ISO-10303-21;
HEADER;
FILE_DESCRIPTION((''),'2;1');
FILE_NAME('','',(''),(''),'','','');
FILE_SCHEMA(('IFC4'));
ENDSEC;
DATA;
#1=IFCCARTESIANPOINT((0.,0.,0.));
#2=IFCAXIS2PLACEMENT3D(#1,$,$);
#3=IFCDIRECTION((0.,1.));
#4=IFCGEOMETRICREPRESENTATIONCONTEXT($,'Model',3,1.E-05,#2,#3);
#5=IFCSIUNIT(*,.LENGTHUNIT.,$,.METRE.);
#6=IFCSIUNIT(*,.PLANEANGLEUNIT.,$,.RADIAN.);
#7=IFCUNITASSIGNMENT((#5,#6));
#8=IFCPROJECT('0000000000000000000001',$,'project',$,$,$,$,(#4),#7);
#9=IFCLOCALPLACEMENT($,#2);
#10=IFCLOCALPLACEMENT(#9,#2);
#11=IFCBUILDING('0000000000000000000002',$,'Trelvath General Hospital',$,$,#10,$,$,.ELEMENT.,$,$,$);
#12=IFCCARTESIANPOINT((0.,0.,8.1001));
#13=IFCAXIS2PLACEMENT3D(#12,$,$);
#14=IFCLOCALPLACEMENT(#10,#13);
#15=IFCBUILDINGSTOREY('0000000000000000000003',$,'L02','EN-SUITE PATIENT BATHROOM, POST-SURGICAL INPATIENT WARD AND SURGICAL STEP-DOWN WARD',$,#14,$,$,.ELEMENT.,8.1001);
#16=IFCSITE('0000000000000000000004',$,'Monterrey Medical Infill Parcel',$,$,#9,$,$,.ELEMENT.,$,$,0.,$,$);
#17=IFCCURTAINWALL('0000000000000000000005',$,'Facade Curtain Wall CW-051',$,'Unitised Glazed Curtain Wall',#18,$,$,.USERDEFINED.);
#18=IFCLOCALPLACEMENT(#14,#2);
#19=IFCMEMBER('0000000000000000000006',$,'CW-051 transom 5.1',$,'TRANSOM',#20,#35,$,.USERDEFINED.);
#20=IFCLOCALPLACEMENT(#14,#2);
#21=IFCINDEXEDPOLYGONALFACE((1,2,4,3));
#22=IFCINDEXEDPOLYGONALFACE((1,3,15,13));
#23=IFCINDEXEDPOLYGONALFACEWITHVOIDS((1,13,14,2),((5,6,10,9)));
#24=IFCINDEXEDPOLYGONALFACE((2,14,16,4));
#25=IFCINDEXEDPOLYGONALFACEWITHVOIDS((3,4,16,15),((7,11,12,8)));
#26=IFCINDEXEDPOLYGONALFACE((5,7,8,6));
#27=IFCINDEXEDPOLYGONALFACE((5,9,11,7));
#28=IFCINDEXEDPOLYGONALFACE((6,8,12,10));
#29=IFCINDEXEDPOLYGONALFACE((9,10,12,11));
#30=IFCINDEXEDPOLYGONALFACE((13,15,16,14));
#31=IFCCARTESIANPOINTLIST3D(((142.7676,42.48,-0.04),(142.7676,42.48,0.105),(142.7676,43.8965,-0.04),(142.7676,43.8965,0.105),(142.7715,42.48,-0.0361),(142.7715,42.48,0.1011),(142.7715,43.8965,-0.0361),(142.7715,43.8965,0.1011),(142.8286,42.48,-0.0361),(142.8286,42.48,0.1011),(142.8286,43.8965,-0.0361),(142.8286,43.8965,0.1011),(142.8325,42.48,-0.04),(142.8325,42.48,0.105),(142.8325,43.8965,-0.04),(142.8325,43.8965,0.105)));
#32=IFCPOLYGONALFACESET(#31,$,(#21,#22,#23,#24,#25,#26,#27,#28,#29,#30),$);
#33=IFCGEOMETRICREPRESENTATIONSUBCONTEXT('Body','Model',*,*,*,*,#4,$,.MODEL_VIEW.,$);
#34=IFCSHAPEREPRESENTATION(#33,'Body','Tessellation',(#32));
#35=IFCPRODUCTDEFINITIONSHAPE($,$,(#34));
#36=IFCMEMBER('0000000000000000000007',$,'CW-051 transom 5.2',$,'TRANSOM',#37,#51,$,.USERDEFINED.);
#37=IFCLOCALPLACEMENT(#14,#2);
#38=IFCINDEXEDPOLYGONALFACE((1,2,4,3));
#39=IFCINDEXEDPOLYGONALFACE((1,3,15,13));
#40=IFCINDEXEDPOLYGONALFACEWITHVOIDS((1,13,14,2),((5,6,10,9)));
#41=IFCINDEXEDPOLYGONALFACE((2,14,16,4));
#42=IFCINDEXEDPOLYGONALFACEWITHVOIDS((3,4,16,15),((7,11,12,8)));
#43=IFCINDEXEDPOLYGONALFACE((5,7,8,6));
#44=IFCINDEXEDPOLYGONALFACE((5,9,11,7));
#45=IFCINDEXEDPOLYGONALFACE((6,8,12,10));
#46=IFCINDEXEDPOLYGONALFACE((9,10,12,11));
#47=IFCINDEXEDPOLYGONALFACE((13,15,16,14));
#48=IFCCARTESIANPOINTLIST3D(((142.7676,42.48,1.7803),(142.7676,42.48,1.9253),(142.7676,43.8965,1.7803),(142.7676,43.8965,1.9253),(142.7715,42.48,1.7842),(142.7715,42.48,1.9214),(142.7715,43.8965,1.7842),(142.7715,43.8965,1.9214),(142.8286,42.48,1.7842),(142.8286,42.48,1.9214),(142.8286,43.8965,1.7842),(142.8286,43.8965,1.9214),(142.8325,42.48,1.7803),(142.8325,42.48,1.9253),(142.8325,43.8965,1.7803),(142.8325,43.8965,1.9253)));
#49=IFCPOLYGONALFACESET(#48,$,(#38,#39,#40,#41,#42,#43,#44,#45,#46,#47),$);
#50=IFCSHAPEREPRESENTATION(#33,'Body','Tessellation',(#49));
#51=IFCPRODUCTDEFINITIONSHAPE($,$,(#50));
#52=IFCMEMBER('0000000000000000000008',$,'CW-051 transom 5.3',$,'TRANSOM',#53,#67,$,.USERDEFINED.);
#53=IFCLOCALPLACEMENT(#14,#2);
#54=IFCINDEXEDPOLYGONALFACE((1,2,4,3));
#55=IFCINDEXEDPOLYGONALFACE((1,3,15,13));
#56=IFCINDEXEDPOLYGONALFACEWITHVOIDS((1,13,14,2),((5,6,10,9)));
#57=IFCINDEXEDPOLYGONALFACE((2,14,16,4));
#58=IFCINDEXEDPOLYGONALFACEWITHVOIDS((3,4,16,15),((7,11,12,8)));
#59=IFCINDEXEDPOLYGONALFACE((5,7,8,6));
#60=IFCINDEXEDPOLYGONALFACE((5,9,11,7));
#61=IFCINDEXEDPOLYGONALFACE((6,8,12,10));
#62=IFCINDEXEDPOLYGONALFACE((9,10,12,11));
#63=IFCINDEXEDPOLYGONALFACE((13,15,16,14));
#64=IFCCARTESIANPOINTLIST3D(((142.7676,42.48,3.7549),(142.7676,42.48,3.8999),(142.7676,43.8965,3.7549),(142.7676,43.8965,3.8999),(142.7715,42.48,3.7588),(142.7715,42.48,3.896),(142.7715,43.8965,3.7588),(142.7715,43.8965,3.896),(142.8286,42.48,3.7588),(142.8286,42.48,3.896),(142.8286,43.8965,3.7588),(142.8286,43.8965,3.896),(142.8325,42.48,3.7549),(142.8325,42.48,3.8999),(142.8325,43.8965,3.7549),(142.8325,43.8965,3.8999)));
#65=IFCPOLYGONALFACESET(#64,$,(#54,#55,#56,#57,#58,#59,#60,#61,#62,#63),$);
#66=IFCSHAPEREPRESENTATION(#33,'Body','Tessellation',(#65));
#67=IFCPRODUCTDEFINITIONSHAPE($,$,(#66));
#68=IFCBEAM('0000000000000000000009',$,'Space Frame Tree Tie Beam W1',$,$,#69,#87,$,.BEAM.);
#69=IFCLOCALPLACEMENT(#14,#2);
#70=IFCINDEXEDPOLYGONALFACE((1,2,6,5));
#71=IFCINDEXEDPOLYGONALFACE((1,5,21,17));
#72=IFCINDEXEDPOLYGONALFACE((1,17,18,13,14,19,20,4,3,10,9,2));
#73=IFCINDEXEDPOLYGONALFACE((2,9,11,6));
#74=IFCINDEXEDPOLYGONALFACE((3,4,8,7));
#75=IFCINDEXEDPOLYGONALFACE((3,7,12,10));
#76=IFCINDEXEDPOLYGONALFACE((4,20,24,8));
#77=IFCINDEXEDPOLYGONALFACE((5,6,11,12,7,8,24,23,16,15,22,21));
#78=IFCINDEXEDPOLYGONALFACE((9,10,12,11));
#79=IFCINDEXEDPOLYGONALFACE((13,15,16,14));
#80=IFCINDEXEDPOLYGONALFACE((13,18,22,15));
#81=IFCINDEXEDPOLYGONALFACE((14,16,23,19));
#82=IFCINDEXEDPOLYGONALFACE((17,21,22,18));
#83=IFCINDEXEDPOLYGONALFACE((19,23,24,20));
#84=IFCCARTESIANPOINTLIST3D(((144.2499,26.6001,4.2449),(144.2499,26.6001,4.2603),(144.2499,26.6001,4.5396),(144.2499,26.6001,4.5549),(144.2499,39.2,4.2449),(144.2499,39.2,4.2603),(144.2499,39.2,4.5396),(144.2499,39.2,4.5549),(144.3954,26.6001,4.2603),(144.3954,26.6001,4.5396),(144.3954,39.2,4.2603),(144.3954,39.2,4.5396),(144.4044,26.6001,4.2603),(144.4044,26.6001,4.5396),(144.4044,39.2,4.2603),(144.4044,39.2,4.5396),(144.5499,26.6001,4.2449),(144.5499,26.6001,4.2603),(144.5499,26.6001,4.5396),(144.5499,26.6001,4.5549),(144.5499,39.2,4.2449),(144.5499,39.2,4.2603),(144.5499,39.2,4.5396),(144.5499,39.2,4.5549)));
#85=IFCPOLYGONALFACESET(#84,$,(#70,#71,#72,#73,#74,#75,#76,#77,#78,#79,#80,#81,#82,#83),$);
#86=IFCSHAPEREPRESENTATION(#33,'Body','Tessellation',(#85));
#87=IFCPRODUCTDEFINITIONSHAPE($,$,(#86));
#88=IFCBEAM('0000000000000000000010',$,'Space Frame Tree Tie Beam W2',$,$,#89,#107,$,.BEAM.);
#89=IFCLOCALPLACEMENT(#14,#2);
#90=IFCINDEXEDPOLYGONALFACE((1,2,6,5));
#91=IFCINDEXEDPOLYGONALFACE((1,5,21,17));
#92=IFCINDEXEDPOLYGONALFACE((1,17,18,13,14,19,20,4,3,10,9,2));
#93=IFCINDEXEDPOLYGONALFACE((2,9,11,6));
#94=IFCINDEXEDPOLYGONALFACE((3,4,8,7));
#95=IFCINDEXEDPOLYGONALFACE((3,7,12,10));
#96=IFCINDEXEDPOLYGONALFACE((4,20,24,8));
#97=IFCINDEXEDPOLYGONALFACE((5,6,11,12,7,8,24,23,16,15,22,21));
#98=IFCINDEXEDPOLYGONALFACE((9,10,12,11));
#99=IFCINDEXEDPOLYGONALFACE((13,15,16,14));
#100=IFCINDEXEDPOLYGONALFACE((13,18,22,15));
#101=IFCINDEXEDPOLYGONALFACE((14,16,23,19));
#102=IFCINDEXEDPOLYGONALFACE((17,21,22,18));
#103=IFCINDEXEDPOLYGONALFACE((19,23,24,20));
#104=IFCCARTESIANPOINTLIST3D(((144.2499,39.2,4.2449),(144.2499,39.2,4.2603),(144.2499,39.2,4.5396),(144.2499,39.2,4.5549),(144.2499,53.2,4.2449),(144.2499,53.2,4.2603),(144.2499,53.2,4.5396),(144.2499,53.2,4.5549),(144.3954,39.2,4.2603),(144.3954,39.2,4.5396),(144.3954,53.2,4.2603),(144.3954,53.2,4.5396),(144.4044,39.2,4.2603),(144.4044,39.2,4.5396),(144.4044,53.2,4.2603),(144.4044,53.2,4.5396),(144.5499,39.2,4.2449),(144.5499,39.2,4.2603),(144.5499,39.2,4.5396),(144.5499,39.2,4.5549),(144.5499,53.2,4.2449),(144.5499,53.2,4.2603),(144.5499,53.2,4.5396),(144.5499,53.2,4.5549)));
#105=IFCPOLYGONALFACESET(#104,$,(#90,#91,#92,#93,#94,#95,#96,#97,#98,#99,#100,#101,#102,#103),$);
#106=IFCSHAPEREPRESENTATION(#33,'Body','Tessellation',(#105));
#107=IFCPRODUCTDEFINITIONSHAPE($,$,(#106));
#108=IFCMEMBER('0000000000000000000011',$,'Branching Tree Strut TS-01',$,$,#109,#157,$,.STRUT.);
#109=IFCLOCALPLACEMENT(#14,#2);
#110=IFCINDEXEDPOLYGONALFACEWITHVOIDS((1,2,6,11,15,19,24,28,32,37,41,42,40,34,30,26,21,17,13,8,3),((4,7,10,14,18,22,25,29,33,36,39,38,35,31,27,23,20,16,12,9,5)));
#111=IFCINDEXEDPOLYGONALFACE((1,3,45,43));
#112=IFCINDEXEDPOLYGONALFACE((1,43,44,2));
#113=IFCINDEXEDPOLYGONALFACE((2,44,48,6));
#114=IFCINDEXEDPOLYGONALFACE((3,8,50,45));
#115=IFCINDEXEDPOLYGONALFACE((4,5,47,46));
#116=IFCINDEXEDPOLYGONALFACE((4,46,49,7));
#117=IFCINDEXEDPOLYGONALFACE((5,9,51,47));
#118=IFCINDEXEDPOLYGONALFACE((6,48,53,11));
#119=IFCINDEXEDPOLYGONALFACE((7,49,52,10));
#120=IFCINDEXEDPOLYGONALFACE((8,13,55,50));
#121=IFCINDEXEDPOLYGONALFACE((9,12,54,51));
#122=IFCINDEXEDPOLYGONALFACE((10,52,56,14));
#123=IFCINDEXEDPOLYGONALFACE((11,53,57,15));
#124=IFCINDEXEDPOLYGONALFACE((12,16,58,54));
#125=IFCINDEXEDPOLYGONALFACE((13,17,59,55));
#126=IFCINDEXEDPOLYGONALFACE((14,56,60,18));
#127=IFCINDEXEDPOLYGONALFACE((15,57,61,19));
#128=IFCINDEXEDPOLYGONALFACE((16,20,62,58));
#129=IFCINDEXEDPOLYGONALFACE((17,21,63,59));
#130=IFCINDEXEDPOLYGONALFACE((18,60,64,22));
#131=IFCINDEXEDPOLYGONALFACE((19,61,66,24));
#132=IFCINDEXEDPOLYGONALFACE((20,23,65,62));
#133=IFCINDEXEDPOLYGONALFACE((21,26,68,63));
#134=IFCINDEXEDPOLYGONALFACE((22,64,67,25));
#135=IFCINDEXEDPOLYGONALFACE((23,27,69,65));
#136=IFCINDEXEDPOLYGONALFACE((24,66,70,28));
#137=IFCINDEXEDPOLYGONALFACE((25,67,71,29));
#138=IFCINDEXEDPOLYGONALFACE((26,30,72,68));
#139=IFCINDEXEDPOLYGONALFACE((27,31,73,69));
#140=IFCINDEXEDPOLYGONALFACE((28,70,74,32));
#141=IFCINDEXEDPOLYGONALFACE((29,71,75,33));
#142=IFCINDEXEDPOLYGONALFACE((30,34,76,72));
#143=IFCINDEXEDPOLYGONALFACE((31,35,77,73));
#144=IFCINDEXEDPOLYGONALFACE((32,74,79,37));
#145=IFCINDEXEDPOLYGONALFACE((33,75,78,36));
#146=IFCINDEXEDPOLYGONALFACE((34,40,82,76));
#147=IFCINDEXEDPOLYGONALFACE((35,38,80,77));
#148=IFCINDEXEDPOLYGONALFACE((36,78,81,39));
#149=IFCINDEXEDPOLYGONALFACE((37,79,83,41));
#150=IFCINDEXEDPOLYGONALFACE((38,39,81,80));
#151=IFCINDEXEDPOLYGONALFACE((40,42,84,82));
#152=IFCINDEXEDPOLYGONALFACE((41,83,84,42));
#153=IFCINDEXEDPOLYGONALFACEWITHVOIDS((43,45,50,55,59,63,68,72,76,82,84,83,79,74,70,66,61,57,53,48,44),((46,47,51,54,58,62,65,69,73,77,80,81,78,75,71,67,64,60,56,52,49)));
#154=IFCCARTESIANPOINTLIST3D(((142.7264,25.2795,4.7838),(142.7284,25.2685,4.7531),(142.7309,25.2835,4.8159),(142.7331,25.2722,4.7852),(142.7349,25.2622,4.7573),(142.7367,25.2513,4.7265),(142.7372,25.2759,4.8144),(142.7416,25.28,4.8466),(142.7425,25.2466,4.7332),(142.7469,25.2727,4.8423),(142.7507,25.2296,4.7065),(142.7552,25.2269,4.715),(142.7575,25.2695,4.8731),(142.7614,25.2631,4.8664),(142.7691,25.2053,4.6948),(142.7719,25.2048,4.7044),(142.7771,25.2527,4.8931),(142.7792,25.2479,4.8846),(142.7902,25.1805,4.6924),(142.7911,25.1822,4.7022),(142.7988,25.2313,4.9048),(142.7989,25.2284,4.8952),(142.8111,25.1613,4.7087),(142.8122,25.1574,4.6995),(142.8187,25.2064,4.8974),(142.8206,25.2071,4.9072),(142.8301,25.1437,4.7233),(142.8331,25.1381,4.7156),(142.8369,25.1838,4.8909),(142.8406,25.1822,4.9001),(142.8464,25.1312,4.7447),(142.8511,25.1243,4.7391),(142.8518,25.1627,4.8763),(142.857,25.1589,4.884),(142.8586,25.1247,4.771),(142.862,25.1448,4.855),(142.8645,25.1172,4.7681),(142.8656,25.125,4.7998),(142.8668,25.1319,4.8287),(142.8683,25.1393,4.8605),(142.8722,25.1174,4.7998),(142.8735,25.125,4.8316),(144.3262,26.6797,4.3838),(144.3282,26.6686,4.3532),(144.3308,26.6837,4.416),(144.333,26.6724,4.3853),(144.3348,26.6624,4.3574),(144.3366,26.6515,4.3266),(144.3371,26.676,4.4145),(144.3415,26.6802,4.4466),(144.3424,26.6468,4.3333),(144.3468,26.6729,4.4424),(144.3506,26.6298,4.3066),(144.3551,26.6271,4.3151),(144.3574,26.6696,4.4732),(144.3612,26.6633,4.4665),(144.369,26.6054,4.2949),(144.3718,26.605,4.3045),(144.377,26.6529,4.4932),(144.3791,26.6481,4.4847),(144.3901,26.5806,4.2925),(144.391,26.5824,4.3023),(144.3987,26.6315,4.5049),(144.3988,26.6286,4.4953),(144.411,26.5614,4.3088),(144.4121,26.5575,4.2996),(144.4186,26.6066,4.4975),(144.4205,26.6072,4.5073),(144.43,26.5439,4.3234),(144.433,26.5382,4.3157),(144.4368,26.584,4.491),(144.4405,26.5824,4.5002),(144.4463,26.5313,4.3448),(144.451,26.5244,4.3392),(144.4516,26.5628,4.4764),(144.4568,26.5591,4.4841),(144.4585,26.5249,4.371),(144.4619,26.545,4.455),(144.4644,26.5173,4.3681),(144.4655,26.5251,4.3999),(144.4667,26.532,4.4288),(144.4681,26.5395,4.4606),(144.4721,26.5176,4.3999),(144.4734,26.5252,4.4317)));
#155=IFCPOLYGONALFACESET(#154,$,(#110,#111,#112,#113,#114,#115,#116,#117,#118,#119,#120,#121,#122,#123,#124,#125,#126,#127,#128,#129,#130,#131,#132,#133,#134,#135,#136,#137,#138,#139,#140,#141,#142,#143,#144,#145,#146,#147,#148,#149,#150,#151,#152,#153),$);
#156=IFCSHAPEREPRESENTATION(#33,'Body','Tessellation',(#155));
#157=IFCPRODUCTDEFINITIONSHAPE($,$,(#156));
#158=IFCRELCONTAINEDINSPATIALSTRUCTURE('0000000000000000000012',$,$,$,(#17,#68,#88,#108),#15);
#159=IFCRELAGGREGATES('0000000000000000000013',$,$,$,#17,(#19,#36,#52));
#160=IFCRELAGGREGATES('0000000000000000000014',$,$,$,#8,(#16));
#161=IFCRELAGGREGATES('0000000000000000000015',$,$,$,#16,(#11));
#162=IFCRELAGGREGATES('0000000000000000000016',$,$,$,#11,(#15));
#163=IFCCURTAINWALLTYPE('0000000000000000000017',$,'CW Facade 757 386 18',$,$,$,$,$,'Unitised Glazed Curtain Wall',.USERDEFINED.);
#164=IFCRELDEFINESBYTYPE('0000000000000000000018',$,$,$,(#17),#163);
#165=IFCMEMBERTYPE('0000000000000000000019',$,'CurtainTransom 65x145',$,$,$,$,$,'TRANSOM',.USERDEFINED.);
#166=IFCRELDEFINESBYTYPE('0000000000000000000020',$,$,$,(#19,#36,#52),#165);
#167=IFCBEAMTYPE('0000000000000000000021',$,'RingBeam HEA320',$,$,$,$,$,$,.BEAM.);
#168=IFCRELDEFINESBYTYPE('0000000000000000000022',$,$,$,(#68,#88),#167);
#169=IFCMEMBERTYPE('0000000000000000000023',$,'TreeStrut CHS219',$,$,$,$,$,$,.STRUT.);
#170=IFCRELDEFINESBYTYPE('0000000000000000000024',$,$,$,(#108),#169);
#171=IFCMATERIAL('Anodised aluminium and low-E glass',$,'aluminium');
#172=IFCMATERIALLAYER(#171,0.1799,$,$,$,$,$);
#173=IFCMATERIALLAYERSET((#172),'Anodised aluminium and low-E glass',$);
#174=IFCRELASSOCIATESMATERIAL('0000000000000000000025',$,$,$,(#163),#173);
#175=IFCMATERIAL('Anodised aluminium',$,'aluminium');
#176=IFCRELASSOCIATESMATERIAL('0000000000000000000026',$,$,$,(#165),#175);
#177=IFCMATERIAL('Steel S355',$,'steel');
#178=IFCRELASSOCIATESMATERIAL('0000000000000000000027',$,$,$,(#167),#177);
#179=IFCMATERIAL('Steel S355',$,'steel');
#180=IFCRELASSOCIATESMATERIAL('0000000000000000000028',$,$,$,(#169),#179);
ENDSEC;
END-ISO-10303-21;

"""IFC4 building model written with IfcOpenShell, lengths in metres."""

from ifc_helpers import new_model, si_unit, direction, frame, origin, origin_2d, place, context, subcontext, project, spatial, hollow_rectangle, hollow_circle, i_section, extrude, material, layer, layer_set, material_profile, profile_set, type_object, element, aggregate, save


model = new_model("IFC4")

# Units and contexts
model_context = context("Model", 3, precision=1e-05, world=origin(), true_north=direction((0.0, 1.0)))
body_context = subcontext(model_context, "Body", "Model", "MODEL_VIEW")
ifc_project = project(units=[si_unit("LENGTHUNIT", "METRE"), si_unit("PLANEANGLEUNIT", "RADIAN")], contexts=[model_context])

# Site, building, storey
site_placement = place(None, origin())
site = spatial("IfcSite", under=ifc_project, at=site_placement, Name="Monterrey Medical Infill Parcel", CompositionType="ELEMENT", RefElevation=0.0)
building_placement = place(site_placement, origin())
building = spatial("IfcBuilding", under=site, at=building_placement, Name="Trelvath General Hospital", CompositionType="ELEMENT")
storey_placement = place(building_placement, frame((0.0, 0.0, 8.1001)))
storey = spatial("IfcBuildingStorey", under=building, at=storey_placement, Name="L02", Description="EN-SUITE PATIENT BATHROOM, POST-SURGICAL INPATIENT WARD AND SURGICAL STEP-DOWN WARD", CompositionType="ELEMENT", Elevation=8.1001)

# Curtain wall, members
ifc_material_1 = material(Name="Anodised aluminium and low-E glass", Category="aluminium")
ifc_layer_1 = layer(ifc_material_1, 0.1799)
ifc_layer_set_1 = layer_set([ifc_layer_1], Name="Anodised aluminium and low-E glass")
curtain_wall_type = type_object("IfcCurtainWallType", Name="CW Facade 757 386 18", ElementType="Unitised Glazed Curtain Wall", PredefinedType="USERDEFINED", material=ifc_layer_set_1)
curtain_wall_placement = place(storey_placement, origin())
curtain_wall = element("IfcCurtainWall", 1, at=curtain_wall_placement, inside=storey, type_object=curtain_wall_type, Name="Facade Curtain Wall CW-051", ObjectType="Unitised Glazed Curtain Wall", PredefinedType="USERDEFINED")
ifc_material_2 = material(Name="Anodised aluminium", Category="aluminium")
ifc_material_profile_1 = material_profile(ifc_material_2, hollow_rectangle(XDim=0.0649, YDim=0.145, WallThickness=0.0039, at=origin_2d()), Name="RHS65x145x4")
ifc_profile_set_1 = profile_set([ifc_material_profile_1], Name="Anodised aluminium")
member_type_1 = type_object("IfcMemberType", Name="CurtainTransom 65x145", ElementType="TRANSOM", PredefinedType="USERDEFINED", material=ifc_profile_set_1)
member_1_placement = place(storey_placement, frame((142.8, 43.8965, 0.0325), z_axis=(0.0, -1.0, 0.0), x_axis=(1.0, 0.0, 0.0)))
member_1 = element("IfcMember", 2, at=member_1_placement, type_object=member_type_1, Name="CW-051 transom 5.1", ObjectType="TRANSOM", PredefinedType="USERDEFINED", context=body_context, shape_type="SweptSolid", body=[
    extrude(hollow_rectangle(XDim=0.0649, YDim=0.145, WallThickness=0.0039, at=origin_2d()), origin(), (0.0, 0.0, 1.0), 1.4165),
])
member_2_placement = place(storey_placement, frame((142.8, 43.8965, 1.8528), z_axis=(0.0, -1.0, 0.0), x_axis=(1.0, 0.0, 0.0)))
member_2 = element("IfcMember", 3, at=member_2_placement, type_object=member_type_1, Name="CW-051 transom 5.2", ObjectType="TRANSOM", PredefinedType="USERDEFINED", context=body_context, shape_type="SweptSolid", body=[
    extrude(hollow_rectangle(XDim=0.0649, YDim=0.145, WallThickness=0.0039, at=origin_2d()), origin(), (0.0, 0.0, 1.0), 1.4165),
])
member_3_placement = place(storey_placement, frame((142.8, 43.8965, 3.8274), z_axis=(0.0, -1.0, 0.0), x_axis=(1.0, 0.0, 0.0)))
member_3 = element("IfcMember", 4, at=member_3_placement, type_object=member_type_1, Name="CW-051 transom 5.3", ObjectType="TRANSOM", PredefinedType="USERDEFINED", context=body_context, shape_type="SweptSolid", body=[
    extrude(hollow_rectangle(XDim=0.0649, YDim=0.145, WallThickness=0.0039, at=origin_2d()), origin(), (0.0, 0.0, 1.0), 1.4165),
])

# Beams
ifc_material_3 = material(Name="Steel S355", Category="steel")
ifc_material_profile_2 = material_profile(ifc_material_3, i_section(OverallWidth=0.3, OverallDepth=0.3101, WebThickness=0.009, FlangeThickness=0.0154, at=origin_2d()), Name="HEA320")
ifc_profile_set_2 = profile_set([ifc_material_profile_2], Name="Steel S355")
beam_type_1 = type_object("IfcBeamType", Name="RingBeam HEA320", PredefinedType="BEAM", material=ifc_profile_set_2)
beam_1_placement = place(storey_placement, frame((144.3999, 26.6001, 4.3999), z_axis=(0.0, 1.0, 0.0), x_axis=(-1.0, 0.0, 0.0)))
element("IfcBeam", 5, at=beam_1_placement, inside=storey, type_object=beam_type_1, Name="Space Frame Tree Tie Beam W1", PredefinedType="BEAM", context=body_context, shape_type="SweptSolid", body=[
    extrude(i_section(OverallWidth=0.3, OverallDepth=0.3101, WebThickness=0.009, FlangeThickness=0.0154, at=origin_2d()), origin(), (0.0, 0.0, 1.0), 12.5999),
])
beam_2_placement = place(storey_placement, frame((144.3999, 39.2, 4.3999), z_axis=(0.0, 1.0, 0.0), x_axis=(-1.0, 0.0, 0.0)))
element("IfcBeam", 6, at=beam_2_placement, inside=storey, type_object=beam_type_1, Name="Space Frame Tree Tie Beam W2", PredefinedType="BEAM", context=body_context, shape_type="SweptSolid", body=[
    extrude(i_section(OverallWidth=0.3, OverallDepth=0.3101, WebThickness=0.009, FlangeThickness=0.0154, at=origin_2d()), origin(), (0.0, 0.0, 1.0), 14.0),
])

# Member
ifc_material_4 = material(Name="Steel S355", Category="steel")
ifc_material_profile_3 = material_profile(ifc_material_4, hollow_circle(Radius=0.1096, WallThickness=0.01, at=origin_2d()), Name="CHS219.1x10.0")
ifc_profile_set_3 = profile_set([ifc_material_profile_3], Name="Steel S355")
member_type_2 = type_object("IfcMemberType", Name="TreeStrut CHS219", PredefinedType="STRUT", material=ifc_profile_set_3)
member_4_placement = place(storey_placement, frame((144.3999, 26.6001, 4.3999), z_axis=(-0.739543, -0.647227, 0.184858), x_axis=(0.658578, -0.752513, 0.0)))
element("IfcMember", 7, at=member_4_placement, inside=storey, type_object=member_type_2, Name="Branching Tree Strut TS-01", PredefinedType="STRUT", context=body_context, shape_type="SweptSolid", body=[
    extrude(hollow_circle(Radius=0.1096, WallThickness=0.01, at=origin_2d()), origin(), (0.0, 0.0, 1.0), 2.1633),
])

aggregate(curtain_wall, [member_1, member_2, member_3])

save(model, "model.ifc")
